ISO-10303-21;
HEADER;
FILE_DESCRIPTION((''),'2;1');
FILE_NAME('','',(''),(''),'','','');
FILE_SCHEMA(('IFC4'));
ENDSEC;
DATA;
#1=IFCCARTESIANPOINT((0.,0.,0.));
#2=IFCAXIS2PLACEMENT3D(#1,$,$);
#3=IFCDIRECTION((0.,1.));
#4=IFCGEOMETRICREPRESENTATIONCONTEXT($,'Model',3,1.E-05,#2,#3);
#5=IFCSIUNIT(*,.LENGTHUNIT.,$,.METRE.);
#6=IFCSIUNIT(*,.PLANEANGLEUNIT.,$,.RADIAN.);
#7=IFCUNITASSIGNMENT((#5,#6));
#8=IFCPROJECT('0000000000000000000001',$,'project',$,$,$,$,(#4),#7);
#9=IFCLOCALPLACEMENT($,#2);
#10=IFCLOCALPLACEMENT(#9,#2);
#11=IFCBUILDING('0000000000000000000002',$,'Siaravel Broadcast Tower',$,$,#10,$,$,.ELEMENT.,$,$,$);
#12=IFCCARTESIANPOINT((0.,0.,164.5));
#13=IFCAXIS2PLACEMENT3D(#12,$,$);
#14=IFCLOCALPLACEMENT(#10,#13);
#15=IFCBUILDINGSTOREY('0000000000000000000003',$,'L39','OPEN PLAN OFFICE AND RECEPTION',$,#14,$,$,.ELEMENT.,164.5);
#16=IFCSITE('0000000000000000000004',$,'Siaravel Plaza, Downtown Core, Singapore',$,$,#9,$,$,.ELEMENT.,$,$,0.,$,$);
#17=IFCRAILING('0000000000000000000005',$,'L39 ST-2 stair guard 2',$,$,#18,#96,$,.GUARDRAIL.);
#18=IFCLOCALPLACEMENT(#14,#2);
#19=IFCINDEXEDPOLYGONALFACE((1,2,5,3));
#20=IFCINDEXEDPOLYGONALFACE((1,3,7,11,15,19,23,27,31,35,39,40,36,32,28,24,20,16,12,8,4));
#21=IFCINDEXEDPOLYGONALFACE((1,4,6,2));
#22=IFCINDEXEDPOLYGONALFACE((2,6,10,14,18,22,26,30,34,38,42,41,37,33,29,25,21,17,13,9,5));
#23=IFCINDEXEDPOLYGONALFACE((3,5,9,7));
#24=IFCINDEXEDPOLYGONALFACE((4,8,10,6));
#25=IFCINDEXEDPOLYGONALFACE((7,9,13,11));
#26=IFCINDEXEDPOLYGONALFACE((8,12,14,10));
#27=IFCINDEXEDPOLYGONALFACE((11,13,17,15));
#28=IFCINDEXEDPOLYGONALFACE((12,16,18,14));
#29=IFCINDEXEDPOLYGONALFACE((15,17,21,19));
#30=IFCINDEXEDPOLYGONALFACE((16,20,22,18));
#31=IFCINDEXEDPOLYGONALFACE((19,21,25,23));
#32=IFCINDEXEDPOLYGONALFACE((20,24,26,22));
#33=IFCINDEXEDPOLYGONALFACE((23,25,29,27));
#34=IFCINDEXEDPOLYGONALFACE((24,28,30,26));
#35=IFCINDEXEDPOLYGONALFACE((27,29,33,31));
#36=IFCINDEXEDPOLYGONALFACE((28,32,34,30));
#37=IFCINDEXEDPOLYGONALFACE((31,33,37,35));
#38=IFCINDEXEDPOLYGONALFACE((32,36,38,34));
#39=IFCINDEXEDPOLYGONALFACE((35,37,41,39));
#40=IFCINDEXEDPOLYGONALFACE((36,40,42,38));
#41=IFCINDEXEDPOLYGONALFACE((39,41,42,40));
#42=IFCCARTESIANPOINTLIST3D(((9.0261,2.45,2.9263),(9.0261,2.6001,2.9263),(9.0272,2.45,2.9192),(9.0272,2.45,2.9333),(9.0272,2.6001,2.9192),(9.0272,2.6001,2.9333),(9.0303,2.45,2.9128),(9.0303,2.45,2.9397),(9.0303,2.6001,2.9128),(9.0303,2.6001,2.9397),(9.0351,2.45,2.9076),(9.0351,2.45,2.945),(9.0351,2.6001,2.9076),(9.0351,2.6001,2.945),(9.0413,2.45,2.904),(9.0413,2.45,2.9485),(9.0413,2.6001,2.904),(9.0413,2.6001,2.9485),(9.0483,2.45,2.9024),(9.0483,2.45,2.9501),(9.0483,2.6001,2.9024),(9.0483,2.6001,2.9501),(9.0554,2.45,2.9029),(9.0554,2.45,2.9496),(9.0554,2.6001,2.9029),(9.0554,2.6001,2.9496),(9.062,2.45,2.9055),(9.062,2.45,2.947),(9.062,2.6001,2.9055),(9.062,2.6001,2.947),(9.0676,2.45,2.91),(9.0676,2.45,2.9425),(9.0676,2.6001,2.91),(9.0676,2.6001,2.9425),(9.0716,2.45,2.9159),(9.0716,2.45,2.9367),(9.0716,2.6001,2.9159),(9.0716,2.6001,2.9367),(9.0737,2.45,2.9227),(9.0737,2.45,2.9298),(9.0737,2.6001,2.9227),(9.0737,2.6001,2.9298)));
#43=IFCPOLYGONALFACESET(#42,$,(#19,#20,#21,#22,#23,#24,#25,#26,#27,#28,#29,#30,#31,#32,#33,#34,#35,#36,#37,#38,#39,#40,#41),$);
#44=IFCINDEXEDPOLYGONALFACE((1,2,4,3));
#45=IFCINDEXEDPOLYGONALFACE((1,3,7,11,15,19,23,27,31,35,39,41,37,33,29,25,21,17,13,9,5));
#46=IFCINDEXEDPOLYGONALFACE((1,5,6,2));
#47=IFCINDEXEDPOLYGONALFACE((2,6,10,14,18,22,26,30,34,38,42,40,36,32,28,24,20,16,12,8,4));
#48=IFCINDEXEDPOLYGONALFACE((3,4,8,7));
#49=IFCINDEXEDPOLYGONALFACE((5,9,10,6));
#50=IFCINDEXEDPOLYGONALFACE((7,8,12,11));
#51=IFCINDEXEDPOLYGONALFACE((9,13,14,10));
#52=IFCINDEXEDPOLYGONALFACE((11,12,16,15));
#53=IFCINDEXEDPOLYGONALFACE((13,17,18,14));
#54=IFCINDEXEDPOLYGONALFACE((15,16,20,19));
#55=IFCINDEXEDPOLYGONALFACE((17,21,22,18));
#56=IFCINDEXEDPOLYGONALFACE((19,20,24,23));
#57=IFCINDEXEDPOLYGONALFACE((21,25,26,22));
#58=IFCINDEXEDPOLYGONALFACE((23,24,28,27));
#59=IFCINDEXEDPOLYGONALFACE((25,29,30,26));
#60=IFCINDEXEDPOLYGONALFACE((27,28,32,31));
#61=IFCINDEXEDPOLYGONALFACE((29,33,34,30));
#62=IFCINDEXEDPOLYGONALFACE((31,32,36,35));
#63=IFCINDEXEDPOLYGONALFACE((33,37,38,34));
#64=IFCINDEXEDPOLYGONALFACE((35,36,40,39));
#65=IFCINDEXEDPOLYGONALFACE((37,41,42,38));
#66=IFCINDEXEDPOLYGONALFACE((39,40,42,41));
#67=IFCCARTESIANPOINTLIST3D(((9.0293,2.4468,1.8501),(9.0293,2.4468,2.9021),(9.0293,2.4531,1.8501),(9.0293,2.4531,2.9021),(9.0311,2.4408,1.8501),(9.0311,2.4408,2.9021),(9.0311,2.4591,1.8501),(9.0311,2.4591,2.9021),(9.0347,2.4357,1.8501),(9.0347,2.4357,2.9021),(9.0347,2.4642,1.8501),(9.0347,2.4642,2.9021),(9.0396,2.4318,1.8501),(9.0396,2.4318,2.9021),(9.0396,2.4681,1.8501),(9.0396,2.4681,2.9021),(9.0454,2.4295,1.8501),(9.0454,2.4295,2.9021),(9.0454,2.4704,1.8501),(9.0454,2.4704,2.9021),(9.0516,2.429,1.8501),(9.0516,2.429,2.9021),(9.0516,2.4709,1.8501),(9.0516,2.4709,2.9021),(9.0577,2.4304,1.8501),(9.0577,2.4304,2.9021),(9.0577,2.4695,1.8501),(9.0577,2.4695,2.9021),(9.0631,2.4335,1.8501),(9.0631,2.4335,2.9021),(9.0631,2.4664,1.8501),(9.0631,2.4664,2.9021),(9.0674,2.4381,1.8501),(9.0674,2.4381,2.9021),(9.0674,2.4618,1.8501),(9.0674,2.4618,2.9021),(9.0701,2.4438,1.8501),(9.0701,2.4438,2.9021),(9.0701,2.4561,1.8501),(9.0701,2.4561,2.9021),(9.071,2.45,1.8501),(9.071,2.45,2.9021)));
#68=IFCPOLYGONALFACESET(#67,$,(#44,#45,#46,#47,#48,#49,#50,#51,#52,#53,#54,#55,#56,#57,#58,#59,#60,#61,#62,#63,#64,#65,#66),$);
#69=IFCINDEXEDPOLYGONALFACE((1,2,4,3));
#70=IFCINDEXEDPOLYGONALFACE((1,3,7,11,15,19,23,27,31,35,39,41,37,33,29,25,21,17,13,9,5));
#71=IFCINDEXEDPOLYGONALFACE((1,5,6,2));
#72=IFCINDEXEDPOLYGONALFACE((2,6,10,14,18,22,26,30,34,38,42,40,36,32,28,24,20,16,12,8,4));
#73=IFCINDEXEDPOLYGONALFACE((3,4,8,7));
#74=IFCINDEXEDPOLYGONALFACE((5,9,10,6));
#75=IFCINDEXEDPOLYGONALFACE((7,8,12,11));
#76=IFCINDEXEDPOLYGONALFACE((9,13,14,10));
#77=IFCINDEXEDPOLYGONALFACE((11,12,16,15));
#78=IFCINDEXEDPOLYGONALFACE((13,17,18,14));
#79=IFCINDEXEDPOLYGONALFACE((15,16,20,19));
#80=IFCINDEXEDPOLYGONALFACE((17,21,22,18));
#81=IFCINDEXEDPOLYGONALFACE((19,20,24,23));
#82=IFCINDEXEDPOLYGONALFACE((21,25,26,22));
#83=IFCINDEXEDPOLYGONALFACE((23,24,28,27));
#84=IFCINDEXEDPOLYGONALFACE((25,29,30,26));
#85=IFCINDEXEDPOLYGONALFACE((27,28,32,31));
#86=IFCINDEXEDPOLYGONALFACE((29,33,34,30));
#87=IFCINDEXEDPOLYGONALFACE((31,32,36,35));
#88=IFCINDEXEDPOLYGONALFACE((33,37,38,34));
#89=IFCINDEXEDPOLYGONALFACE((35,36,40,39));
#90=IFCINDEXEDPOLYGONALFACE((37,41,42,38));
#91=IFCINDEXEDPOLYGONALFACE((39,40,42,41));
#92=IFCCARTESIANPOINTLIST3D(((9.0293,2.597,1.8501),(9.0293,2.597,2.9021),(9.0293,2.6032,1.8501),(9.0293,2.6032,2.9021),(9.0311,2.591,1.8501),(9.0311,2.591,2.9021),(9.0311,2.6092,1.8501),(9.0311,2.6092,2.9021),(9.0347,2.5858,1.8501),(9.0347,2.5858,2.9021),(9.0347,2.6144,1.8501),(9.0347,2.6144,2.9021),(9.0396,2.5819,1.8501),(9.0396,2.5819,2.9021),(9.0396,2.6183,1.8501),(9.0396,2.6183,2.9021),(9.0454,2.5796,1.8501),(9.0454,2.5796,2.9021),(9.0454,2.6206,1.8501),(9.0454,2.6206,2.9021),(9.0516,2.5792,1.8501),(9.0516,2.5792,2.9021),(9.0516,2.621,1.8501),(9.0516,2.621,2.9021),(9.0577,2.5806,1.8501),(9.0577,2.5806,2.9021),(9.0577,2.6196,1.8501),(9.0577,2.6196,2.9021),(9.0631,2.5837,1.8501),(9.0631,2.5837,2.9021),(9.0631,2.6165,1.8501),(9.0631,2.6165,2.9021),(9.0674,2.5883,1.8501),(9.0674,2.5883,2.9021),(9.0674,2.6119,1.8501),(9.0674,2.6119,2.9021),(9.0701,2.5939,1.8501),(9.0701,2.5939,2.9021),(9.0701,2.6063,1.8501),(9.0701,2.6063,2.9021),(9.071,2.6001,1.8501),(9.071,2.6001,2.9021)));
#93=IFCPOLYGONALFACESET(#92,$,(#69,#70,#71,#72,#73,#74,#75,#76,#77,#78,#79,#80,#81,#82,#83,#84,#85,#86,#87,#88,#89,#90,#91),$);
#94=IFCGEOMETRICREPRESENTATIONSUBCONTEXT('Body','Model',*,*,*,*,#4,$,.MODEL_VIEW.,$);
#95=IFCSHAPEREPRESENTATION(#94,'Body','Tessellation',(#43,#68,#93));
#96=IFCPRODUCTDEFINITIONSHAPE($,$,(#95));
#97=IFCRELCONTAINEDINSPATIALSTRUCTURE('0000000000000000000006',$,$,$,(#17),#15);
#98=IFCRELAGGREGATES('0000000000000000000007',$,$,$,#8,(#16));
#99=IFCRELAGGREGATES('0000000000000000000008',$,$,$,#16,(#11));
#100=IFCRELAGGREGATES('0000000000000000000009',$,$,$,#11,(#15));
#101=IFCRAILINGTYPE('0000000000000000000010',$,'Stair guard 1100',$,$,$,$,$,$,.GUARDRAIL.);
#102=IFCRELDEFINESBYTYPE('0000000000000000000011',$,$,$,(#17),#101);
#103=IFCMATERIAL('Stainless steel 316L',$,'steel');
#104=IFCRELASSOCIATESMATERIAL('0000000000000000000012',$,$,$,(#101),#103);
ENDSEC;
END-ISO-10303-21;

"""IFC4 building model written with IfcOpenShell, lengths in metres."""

from ifc_helpers import new_model, si_unit, direction, frame, origin, origin_2d, place, context, subcontext, project, spatial, circle, extrude, material, type_object, element, save


model = new_model("IFC4")

# Units and contexts
model_context = context("Model", 3, precision=1e-05, world=origin(), true_north=direction((0.0, 1.0)))
body_context = subcontext(model_context, "Body", "Model", "MODEL_VIEW")
ifc_project = project(units=[si_unit("LENGTHUNIT", "METRE"), si_unit("PLANEANGLEUNIT", "RADIAN")], contexts=[model_context])

# Site, building, storey
site_placement = place(None, origin())
site = spatial("IfcSite", under=ifc_project, at=site_placement, Name="Siaravel Plaza, Downtown Core, Singapore", CompositionType="ELEMENT", RefElevation=0.0)
building_placement = place(site_placement, origin())
building = spatial("IfcBuilding", under=site, at=building_placement, Name="Siaravel Broadcast Tower", CompositionType="ELEMENT")
storey_placement = place(building_placement, frame((0.0, 0.0, 164.5)))
storey = spatial("IfcBuildingStorey", under=building, at=storey_placement, Name="L39", Description="OPEN PLAN OFFICE AND RECEPTION", CompositionType="ELEMENT", Elevation=164.5)

# Railing
ifc_material_1 = material(Name="Stainless steel 316L", Category="steel")
railing_type_1 = type_object("IfcRailingType", Name="Stair guard 1100", PredefinedType="GUARDRAIL", material=ifc_material_1)
railing_1_placement = place(storey_placement, frame((9.05, 2.45, 1.8501)))
element("IfcRailing", 1, at=railing_1_placement, inside=storey, type_object=railing_type_1, Name="L39 ST-2 stair guard 2", PredefinedType="GUARDRAIL", context=body_context, shape_type="SweptSolid", body=[
    extrude(circle(Radius=0.0239, at=origin_2d()), frame((0.0, 0.0, 1.0762), z_axis=(0.0, 1.0, 0.0), x_axis=(-1.0, 0.0, 0.0)), (0.0, 0.0, 1.0), 0.1501),
    extrude(circle(Radius=0.021, at=origin_2d()), origin(), (0.0, 0.0, 1.0), 1.052),
    extrude(circle(Radius=0.021, at=origin_2d()), frame((0.0, 0.1501, 0.0)), (0.0, 0.0, 1.0), 1.052),
])

save(model, "model.ifc")
